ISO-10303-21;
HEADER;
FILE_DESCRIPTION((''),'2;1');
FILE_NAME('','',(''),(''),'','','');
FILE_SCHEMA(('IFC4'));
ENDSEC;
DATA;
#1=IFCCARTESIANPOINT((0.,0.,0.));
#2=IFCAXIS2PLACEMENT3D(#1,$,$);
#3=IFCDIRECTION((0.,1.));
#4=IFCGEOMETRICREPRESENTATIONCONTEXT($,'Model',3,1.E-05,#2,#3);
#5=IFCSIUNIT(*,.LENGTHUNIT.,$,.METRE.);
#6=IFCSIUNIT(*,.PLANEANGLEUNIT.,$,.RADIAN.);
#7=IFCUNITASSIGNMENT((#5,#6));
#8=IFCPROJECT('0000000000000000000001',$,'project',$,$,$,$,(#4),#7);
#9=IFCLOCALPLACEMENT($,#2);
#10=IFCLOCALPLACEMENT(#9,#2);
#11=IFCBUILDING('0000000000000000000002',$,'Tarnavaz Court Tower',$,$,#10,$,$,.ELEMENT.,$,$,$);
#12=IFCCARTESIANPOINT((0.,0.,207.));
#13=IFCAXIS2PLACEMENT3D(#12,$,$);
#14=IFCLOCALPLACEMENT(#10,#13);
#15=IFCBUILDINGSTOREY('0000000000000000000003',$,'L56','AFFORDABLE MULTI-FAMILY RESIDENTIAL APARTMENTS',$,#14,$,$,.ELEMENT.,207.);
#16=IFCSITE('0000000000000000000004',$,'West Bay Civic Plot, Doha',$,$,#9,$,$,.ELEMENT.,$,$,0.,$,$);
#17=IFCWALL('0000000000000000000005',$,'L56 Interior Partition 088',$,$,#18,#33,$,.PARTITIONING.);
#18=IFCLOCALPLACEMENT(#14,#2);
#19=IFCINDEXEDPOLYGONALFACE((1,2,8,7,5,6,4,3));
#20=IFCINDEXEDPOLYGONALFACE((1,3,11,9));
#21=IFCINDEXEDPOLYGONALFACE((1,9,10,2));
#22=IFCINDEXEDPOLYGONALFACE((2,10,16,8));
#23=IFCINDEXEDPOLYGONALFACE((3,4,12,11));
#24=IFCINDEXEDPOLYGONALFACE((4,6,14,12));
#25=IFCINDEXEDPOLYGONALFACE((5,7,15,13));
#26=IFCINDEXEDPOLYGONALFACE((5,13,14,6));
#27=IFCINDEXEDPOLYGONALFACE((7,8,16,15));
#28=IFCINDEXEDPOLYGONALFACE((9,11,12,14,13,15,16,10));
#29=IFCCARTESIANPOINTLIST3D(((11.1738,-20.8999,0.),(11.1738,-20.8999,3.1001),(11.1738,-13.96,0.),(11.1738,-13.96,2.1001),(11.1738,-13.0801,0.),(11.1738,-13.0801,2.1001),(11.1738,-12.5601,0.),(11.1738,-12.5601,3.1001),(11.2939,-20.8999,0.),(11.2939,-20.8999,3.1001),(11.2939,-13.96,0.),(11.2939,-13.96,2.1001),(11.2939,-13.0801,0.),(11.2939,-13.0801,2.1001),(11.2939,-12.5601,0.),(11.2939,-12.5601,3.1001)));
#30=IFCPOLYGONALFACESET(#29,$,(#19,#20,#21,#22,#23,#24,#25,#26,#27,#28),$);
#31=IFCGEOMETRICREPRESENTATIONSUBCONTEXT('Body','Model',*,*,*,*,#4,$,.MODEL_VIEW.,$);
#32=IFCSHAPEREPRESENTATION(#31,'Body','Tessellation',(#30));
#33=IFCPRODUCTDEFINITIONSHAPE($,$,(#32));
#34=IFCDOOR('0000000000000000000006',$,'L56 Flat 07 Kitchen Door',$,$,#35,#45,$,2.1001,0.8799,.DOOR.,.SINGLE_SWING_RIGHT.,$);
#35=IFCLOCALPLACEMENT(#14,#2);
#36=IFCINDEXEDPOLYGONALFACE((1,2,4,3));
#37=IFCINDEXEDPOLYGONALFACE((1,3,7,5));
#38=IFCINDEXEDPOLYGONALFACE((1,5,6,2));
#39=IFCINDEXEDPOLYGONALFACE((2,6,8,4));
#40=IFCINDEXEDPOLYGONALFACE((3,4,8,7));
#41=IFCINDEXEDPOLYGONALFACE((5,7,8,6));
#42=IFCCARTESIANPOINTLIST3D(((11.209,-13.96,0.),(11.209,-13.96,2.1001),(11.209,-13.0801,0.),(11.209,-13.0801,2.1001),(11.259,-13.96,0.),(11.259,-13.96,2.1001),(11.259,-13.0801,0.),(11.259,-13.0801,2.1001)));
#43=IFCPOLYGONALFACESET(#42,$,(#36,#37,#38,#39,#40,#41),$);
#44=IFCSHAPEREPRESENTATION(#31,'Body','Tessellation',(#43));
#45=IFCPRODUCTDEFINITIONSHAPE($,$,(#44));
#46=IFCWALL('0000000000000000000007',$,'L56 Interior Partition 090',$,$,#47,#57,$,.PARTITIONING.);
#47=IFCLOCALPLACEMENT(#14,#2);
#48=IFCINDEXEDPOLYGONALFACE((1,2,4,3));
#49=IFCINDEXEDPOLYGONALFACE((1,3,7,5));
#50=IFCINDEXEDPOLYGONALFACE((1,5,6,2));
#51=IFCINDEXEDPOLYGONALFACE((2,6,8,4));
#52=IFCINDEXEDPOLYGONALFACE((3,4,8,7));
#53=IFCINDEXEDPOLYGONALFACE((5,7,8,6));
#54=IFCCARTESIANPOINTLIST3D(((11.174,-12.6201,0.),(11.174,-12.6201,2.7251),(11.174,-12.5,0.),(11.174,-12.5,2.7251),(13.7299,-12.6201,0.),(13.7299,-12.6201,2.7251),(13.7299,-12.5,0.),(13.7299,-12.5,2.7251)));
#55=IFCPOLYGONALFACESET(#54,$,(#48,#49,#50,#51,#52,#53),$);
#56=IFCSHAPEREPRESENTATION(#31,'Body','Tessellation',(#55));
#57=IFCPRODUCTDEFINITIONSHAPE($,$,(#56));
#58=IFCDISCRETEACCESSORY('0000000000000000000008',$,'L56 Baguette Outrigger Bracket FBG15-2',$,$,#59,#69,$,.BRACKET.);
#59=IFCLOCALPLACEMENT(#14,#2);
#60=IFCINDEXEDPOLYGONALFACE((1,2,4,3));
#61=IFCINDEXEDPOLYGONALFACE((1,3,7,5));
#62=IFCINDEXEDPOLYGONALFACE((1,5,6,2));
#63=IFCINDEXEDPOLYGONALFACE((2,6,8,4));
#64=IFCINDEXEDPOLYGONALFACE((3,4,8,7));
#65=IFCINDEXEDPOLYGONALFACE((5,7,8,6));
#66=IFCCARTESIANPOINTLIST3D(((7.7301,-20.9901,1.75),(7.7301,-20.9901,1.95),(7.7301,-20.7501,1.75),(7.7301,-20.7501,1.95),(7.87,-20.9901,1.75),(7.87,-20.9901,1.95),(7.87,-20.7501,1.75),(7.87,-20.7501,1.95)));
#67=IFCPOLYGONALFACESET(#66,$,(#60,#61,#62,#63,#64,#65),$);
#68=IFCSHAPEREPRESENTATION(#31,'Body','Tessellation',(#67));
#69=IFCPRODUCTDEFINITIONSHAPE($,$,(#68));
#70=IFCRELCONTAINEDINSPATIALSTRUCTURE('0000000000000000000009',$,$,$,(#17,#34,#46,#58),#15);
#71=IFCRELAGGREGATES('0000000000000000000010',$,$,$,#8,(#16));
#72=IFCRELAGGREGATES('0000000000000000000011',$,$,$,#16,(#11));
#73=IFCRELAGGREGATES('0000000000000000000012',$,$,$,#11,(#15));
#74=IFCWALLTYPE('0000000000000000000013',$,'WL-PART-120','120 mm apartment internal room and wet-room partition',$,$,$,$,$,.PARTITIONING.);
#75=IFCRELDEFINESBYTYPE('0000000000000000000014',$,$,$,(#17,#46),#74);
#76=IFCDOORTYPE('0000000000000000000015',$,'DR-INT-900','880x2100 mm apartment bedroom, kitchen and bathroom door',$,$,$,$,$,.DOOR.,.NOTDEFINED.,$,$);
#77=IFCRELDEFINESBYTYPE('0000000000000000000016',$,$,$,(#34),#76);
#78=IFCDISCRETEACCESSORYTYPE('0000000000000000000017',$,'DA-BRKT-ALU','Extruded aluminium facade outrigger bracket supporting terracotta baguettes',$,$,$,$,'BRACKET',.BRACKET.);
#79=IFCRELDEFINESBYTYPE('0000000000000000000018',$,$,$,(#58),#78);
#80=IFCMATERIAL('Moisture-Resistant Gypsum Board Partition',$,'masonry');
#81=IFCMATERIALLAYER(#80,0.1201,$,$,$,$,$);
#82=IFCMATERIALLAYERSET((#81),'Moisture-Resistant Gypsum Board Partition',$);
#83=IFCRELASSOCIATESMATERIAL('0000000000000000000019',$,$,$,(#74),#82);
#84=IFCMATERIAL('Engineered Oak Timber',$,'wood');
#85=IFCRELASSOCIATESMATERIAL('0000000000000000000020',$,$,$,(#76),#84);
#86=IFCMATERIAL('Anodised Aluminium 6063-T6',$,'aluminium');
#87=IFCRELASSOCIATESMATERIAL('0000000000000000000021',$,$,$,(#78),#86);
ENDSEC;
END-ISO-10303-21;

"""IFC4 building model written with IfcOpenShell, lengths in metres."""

from ifc_helpers import new_model, si_unit, direction, frame, frame_2d, origin, origin_2d, place, context, subcontext, project, spatial, rectangle, extrude, material, layer, layer_set, type_object, element, fill, save


model = new_model("IFC4")

# Units and contexts
model_context = context("Model", 3, precision=1e-05, world=origin(), true_north=direction((0.0, 1.0)))
body_context = subcontext(model_context, "Body", "Model", "MODEL_VIEW")
ifc_project = project(units=[si_unit("LENGTHUNIT", "METRE"), si_unit("PLANEANGLEUNIT", "RADIAN")], contexts=[model_context])

# Site, building, storey
site_placement = place(None, origin())
site = spatial("IfcSite", under=ifc_project, at=site_placement, Name="West Bay Civic Plot, Doha", CompositionType="ELEMENT", RefElevation=0.0)
building_placement = place(site_placement, origin())
building = spatial("IfcBuilding", under=site, at=building_placement, Name="Tarnavaz Court Tower", CompositionType="ELEMENT")
storey_placement = place(building_placement, frame((0.0, 0.0, 207.0)))
storey = spatial("IfcBuildingStorey", under=building, at=storey_placement, Name="L56", Description="AFFORDABLE MULTI-FAMILY RESIDENTIAL APARTMENTS", CompositionType="ELEMENT", Elevation=207.0)

# Wall, opening, door
ifc_material_1 = material(Name="Moisture-Resistant Gypsum Board Partition", Category="masonry")
ifc_layer_1 = layer(ifc_material_1, 0.1201)
ifc_layer_set_1 = layer_set([ifc_layer_1], Name="Moisture-Resistant Gypsum Board Partition")
wall_type_1 = type_object("IfcWallType", Name="WL-PART-120", Description="120 mm apartment internal room and wet-room partition", PredefinedType="PARTITIONING", material=ifc_layer_set_1)
wall_1_placement = place(storey_placement, frame((11.2339, -20.8999, 0.0), z_axis=(0.0, 0.0, 1.0), x_axis=(0.0, 1.0, 0.0)))
wall_1 = element("IfcWall", 1, at=wall_1_placement, inside=storey, type_object=wall_type_1, Name="L56 Interior Partition 088", PredefinedType="PARTITIONING", context=body_context, shape_type="SweptSolid", body=[
    extrude(rectangle(XDim=8.3398, YDim=0.1201, at=frame_2d((4.1699, 0.0))), origin(), (0.0, 0.0, 1.0), 3.1001),
])
opening_1_placement = place(wall_1_placement, frame((6.9399, 0.0, 0.0)))
opening_1 = element("IfcOpeningElement", 2, at=opening_1_placement, cuts=wall_1, PredefinedType="OPENING", context=body_context, shape_type="SweptSolid", body=[
    extrude(rectangle(XDim=0.8799, YDim=2.1001, at=frame_2d((0.4399, 1.05))), frame((0.0, 0.0701, 0.0), z_axis=(0.0, -1.0, 0.0), x_axis=(1.0, 0.0, 0.0)), (0.0, 0.0, 1.0), 0.1401),
])
ifc_material_2 = material(Name="Engineered Oak Timber", Category="wood")
door_type_1 = type_object("IfcDoorType", Name="DR-INT-900", Description="880x2100 mm apartment bedroom, kitchen and bathroom door", OperationType="NOTDEFINED", PredefinedType="DOOR", material=ifc_material_2)
door_1_placement = place(opening_1_placement, origin())
door_1 = element("IfcDoor", 3, at=door_1_placement, inside=storey, type_object=door_type_1, Name="L56 Flat 07 Kitchen Door", OperationType="SINGLE_SWING_RIGHT", OverallHeight=2.1001, OverallWidth=0.8799, PredefinedType="DOOR", context=body_context, shape_type="SweptSolid", body=[
    extrude(rectangle(XDim=0.8799, YDim=2.1001, at=frame_2d((0.4399, 1.05))), frame((0.0, 0.0249, 0.0), z_axis=(0.0, -1.0, 0.0), x_axis=(1.0, 0.0, 0.0)), (0.0, 0.0, 1.0), 0.05),
])
fill(opening_1, door_1)

# Wall
wall_2_placement = place(storey_placement, frame((11.1741, -12.5601, 0.0), z_axis=(0.0, 0.0, 1.0), x_axis=(1.0, 0.0, 0.0)))
element("IfcWall", 4, at=wall_2_placement, inside=storey, type_object=wall_type_1, Name="L56 Interior Partition 090", PredefinedType="PARTITIONING", context=body_context, shape_type="SweptSolid", body=[
    extrude(rectangle(XDim=2.5559, YDim=0.1201, at=frame_2d((1.2778, 0.0))), origin(), (0.0, 0.0, 1.0), 2.7251),
])

# Discrete accessory
ifc_material_3 = material(Name="Anodised Aluminium 6063-T6", Category="aluminium")
discrete_accessory_type = type_object("IfcDiscreteAccessoryType", Name="DA-BRKT-ALU", Description="Extruded aluminium facade outrigger bracket supporting terracotta baguettes", ElementType="BRACKET", PredefinedType="BRACKET", material=ifc_material_3)
discrete_accessory_placement = place(storey_placement, frame((7.8, -20.8701, 1.75), z_axis=(0.0, 0.0, 1.0), x_axis=(-1.0, 0.0, 0.0)))
element("IfcDiscreteAccessory", 5, at=discrete_accessory_placement, inside=storey, type_object=discrete_accessory_type, Name="L56 Baguette Outrigger Bracket FBG15-2", PredefinedType="BRACKET", context=body_context, shape_type="SweptSolid", body=[
    extrude(rectangle(XDim=0.1399, YDim=0.24, at=origin_2d()), origin(), (0.0, 0.0, 1.0), 0.2),
])

save(model, "model.ifc")
